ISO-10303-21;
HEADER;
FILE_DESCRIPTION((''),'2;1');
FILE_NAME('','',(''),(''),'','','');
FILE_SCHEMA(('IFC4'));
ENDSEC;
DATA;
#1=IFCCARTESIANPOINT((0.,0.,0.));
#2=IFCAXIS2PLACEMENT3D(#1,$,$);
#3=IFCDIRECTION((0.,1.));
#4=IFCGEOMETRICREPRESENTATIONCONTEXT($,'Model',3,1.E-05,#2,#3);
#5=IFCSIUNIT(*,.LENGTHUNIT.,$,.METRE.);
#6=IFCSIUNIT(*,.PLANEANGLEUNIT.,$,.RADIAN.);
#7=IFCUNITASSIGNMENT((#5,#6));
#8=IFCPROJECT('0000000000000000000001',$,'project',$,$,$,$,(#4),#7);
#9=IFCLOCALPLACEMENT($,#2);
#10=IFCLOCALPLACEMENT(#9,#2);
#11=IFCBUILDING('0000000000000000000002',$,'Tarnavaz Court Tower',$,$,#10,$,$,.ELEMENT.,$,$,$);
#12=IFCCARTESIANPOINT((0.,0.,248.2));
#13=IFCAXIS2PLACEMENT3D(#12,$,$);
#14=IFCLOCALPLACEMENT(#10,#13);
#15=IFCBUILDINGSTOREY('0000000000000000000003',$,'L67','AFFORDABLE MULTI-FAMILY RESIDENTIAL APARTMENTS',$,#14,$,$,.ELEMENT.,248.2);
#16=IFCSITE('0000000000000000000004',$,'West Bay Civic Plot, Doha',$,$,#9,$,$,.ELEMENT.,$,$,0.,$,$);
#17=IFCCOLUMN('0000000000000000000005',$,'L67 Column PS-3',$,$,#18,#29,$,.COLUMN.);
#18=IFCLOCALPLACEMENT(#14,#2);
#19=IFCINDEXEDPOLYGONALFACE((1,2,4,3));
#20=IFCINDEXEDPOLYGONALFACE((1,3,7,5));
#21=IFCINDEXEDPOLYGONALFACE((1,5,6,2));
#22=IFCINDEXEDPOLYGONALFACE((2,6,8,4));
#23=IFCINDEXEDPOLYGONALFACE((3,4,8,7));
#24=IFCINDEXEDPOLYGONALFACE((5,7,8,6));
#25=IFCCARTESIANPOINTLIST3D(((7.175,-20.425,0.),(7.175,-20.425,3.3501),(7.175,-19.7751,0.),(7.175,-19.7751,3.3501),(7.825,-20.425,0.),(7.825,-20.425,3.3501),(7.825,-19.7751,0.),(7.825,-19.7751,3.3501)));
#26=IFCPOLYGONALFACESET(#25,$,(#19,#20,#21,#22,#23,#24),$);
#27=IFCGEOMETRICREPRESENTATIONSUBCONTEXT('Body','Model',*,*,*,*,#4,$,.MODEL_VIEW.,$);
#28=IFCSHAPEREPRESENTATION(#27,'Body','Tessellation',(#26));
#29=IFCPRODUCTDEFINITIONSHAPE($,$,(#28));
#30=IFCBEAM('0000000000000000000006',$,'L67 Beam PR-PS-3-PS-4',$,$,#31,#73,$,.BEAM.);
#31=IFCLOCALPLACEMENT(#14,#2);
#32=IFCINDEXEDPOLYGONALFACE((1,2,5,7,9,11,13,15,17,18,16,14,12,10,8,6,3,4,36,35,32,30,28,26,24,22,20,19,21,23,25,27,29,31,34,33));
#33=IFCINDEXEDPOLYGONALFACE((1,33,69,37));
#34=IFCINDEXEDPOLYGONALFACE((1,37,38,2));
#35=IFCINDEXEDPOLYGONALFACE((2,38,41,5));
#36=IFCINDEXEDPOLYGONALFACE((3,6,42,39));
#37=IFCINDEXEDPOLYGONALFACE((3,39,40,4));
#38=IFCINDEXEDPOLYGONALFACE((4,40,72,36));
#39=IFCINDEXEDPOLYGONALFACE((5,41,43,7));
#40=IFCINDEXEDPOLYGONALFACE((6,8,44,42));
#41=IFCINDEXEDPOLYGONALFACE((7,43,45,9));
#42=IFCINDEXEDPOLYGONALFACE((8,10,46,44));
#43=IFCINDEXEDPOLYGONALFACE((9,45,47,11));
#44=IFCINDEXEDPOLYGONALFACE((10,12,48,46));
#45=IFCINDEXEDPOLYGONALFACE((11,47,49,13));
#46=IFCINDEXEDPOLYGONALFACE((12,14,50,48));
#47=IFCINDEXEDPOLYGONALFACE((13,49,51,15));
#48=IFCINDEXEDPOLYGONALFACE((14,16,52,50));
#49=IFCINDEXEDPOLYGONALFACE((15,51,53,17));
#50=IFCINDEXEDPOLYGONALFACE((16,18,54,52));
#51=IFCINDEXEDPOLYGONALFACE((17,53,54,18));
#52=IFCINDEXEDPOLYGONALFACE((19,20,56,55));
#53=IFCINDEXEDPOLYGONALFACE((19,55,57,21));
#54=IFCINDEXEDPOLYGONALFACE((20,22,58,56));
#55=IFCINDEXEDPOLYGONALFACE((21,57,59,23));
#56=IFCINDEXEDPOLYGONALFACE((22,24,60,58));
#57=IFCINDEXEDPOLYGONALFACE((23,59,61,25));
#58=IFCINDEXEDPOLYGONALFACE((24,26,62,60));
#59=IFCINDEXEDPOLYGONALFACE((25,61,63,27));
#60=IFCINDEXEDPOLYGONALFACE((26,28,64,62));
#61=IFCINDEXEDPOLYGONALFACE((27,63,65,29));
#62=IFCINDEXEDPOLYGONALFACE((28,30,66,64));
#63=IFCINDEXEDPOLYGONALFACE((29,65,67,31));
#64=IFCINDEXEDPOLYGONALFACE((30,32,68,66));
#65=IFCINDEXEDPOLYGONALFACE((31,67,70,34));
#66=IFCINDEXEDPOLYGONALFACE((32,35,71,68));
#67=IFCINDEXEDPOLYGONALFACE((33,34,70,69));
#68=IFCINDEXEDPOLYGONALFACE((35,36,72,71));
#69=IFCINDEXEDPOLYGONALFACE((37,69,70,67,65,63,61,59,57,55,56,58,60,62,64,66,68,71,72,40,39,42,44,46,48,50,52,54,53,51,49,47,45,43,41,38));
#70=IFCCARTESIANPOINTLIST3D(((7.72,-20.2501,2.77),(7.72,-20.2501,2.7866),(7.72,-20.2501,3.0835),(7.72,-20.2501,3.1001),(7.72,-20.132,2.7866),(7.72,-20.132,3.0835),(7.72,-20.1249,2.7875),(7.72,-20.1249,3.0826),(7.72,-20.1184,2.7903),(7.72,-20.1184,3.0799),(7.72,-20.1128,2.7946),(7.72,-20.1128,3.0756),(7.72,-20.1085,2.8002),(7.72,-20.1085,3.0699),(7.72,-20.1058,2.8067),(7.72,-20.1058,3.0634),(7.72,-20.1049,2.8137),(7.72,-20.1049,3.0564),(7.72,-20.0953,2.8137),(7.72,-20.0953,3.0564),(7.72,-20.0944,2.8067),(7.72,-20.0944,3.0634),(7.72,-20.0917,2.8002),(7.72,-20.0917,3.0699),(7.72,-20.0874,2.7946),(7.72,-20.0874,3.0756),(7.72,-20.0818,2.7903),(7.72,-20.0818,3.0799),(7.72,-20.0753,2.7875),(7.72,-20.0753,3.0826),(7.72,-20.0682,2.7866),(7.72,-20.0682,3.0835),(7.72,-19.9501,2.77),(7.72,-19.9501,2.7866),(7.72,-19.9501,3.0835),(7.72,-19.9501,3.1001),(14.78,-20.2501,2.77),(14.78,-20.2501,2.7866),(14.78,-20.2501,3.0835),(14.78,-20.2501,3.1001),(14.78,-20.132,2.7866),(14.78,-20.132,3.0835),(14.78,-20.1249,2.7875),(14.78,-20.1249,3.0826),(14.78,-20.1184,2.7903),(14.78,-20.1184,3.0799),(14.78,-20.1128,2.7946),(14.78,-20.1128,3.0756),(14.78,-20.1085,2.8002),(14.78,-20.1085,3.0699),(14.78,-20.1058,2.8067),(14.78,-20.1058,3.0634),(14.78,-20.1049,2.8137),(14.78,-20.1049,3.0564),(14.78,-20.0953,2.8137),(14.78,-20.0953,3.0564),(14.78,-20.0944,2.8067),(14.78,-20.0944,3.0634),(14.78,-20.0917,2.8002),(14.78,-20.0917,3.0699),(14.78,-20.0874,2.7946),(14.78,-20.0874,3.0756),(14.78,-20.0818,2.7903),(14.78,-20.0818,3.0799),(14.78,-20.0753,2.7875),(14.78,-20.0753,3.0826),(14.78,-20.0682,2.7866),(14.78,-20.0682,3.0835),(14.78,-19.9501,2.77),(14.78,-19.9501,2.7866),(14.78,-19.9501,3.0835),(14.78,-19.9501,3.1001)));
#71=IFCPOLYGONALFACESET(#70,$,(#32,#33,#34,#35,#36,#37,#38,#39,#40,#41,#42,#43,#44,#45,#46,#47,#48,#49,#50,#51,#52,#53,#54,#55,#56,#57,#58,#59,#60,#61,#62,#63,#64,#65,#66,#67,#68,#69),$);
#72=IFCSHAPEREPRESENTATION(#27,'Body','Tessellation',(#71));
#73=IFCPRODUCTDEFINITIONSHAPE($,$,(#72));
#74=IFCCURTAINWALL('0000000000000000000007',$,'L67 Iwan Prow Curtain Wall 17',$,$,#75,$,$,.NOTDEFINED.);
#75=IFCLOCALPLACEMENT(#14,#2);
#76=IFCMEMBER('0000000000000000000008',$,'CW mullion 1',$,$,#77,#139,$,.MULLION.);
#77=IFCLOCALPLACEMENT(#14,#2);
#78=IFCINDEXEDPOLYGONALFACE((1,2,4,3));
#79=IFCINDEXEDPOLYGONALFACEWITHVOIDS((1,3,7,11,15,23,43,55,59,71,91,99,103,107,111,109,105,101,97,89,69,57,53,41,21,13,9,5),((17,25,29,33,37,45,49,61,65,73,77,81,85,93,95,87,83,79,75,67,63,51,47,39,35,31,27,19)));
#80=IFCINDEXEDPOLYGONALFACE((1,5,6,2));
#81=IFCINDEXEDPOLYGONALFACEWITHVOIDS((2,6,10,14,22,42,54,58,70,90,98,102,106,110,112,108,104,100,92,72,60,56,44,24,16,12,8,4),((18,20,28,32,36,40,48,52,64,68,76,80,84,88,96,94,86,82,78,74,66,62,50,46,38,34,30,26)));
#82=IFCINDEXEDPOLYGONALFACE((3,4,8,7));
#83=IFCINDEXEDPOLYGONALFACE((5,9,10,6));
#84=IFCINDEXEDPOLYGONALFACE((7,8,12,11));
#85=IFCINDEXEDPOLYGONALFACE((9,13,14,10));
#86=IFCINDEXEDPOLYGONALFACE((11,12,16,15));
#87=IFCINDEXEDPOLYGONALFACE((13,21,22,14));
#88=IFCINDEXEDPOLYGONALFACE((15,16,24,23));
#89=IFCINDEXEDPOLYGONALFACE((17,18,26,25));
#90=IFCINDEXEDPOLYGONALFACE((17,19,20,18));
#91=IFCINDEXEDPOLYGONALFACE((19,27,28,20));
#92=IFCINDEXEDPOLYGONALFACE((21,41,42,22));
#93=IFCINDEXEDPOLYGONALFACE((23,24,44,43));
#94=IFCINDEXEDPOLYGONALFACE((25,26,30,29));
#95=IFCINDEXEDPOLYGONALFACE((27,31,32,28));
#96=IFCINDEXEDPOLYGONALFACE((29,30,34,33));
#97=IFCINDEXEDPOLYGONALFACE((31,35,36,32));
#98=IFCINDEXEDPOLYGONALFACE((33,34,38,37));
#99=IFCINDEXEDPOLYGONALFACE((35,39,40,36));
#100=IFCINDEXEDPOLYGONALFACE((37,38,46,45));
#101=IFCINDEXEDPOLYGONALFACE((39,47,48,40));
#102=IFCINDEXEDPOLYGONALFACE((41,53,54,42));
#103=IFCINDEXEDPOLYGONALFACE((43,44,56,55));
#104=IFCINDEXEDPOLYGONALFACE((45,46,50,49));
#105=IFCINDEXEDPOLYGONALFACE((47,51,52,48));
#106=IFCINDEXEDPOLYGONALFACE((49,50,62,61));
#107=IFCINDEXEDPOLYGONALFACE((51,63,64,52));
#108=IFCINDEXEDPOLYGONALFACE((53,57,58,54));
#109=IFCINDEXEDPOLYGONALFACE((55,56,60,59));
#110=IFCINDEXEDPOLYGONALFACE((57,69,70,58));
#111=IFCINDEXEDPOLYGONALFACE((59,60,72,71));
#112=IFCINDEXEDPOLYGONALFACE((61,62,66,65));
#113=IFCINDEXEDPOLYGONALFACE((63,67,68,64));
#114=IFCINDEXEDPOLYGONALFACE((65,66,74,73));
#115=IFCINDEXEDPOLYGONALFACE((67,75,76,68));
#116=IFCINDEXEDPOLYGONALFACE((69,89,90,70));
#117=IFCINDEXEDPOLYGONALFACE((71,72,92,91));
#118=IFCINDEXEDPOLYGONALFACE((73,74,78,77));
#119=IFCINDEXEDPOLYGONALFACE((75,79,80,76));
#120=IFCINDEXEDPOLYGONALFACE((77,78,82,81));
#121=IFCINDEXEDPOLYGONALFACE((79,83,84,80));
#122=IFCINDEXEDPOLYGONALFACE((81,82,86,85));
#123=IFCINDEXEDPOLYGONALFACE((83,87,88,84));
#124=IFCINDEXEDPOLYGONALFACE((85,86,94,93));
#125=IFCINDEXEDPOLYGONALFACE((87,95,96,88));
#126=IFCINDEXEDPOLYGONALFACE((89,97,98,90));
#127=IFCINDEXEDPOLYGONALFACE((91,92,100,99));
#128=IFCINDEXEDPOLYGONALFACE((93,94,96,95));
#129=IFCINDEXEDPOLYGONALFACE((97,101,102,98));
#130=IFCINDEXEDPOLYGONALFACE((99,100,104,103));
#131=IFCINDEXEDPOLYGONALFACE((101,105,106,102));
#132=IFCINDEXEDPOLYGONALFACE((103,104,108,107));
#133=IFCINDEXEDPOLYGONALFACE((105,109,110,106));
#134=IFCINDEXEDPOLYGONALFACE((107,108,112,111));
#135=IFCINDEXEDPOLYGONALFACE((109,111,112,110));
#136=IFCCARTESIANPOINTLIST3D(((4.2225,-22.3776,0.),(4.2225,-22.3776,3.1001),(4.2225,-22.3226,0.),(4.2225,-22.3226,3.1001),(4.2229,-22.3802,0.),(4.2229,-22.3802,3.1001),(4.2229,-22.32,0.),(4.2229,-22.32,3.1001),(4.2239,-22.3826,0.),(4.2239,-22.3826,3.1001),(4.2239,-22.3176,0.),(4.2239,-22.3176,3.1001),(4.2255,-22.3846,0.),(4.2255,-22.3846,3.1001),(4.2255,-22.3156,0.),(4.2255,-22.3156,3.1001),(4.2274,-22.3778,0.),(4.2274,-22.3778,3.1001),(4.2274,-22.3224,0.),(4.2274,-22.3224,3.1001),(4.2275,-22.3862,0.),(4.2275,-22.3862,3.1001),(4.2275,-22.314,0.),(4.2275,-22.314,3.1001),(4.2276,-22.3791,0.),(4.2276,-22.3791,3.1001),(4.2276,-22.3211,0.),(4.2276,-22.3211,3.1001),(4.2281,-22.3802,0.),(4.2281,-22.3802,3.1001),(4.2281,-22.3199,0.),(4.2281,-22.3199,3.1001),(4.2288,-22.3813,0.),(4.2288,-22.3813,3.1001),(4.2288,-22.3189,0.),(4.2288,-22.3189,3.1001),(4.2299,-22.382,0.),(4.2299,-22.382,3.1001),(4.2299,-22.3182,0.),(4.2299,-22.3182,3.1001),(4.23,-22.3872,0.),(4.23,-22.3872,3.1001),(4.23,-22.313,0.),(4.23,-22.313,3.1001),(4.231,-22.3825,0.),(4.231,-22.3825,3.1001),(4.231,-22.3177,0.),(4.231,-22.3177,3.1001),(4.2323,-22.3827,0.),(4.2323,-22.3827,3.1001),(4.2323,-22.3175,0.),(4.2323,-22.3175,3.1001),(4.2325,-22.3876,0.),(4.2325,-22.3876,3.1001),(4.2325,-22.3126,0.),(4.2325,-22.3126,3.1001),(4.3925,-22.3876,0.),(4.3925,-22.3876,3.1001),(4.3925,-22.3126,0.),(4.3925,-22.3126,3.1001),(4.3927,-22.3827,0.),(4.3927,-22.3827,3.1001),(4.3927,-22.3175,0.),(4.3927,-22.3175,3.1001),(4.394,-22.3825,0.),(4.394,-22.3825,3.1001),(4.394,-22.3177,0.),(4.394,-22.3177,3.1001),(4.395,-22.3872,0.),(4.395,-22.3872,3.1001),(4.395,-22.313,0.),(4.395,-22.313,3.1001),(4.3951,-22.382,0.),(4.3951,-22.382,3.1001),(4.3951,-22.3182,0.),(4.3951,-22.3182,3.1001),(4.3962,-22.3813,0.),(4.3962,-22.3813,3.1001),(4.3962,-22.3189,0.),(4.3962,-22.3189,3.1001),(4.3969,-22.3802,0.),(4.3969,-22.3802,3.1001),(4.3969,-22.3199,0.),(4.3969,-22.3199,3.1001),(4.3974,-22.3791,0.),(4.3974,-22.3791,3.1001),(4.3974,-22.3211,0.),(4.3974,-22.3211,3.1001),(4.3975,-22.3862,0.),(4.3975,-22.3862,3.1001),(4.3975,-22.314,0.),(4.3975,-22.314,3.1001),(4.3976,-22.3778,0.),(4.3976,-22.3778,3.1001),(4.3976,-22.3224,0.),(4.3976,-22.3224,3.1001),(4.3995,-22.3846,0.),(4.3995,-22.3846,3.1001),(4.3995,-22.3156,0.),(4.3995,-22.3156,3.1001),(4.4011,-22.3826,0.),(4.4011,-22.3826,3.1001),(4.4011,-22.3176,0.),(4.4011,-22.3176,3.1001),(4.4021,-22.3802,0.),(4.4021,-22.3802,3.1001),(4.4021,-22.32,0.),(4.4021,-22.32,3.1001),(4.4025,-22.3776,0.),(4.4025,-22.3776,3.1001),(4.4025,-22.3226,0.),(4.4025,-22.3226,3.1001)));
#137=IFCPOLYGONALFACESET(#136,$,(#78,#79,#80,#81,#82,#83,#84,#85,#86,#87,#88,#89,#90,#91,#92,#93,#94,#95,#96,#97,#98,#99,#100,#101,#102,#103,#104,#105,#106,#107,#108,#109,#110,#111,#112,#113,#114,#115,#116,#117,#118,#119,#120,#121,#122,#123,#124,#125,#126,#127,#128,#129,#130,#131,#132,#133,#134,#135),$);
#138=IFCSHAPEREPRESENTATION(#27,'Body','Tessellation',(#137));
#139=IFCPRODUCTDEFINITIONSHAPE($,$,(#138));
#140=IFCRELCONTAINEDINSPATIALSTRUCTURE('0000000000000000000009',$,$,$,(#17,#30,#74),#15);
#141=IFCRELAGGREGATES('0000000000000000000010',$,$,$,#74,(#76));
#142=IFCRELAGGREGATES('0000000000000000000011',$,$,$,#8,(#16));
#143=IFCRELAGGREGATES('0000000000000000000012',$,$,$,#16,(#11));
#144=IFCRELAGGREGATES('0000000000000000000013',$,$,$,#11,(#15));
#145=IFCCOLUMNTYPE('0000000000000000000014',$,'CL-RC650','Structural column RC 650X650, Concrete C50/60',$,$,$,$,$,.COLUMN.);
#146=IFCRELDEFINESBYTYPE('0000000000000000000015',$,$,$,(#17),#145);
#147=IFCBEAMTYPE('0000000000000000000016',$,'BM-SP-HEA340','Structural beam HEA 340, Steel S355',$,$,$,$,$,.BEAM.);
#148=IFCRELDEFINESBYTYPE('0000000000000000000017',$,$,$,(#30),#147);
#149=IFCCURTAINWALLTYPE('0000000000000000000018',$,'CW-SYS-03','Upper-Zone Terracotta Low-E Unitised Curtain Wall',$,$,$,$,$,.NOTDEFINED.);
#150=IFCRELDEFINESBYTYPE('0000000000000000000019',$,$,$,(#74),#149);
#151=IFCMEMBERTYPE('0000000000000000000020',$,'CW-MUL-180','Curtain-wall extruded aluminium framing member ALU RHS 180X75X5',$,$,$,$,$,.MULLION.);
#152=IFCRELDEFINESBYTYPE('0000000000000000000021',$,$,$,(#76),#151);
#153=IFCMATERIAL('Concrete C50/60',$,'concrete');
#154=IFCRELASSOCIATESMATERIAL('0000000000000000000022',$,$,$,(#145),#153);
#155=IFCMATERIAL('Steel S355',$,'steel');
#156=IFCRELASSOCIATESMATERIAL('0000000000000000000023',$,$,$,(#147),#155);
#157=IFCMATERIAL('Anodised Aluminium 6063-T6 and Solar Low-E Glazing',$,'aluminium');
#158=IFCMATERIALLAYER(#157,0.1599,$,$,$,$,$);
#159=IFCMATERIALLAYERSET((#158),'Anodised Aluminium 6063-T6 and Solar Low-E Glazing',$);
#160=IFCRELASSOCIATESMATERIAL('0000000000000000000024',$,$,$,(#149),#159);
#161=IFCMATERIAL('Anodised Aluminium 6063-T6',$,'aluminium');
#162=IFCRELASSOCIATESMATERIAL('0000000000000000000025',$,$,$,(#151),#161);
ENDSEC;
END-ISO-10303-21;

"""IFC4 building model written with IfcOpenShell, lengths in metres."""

from ifc_helpers import new_model, si_unit, direction, frame, origin, origin_2d, place, context, subcontext, project, spatial, rectangle, hollow_rectangle, i_section, extrude, material, layer, layer_set, material_profile, profile_set, type_object, element, aggregate, save


model = new_model("IFC4")

# Units and contexts
model_context = context("Model", 3, precision=1e-05, world=origin(), true_north=direction((0.0, 1.0)))
body_context = subcontext(model_context, "Body", "Model", "MODEL_VIEW")
ifc_project = project(units=[si_unit("LENGTHUNIT", "METRE"), si_unit("PLANEANGLEUNIT", "RADIAN")], contexts=[model_context])

# Site, building, storey
site_placement = place(None, origin())
site = spatial("IfcSite", under=ifc_project, at=site_placement, Name="West Bay Civic Plot, Doha", CompositionType="ELEMENT", RefElevation=0.0)
building_placement = place(site_placement, origin())
building = spatial("IfcBuilding", under=site, at=building_placement, Name="Tarnavaz Court Tower", CompositionType="ELEMENT")
storey_placement = place(building_placement, frame((0.0, 0.0, 248.2)))
storey = spatial("IfcBuildingStorey", under=building, at=storey_placement, Name="L67", Description="AFFORDABLE MULTI-FAMILY RESIDENTIAL APARTMENTS", CompositionType="ELEMENT", Elevation=248.2)

# Column
ifc_material_1 = material(Name="Concrete C50/60", Category="concrete")
ifc_material_profile_1 = material_profile(ifc_material_1, rectangle(XDim=0.6499, YDim=0.6499, at=origin_2d()), Name="RC 650X650")
ifc_profile_set_1 = profile_set([ifc_material_profile_1], Name="Concrete C50/60")
column_type = type_object("IfcColumnType", Name="CL-RC650", Description="Structural column RC 650X650, Concrete C50/60", PredefinedType="COLUMN", material=ifc_profile_set_1)
column_placement = place(storey_placement, frame((7.5, -20.1001, 0.0), z_axis=(0.0, 0.0, 1.0), x_axis=(1.0, 0.0, 0.0)))
element("IfcColumn", 1, at=column_placement, inside=storey, type_object=column_type, Name="L67 Column PS-3", PredefinedType="COLUMN", context=body_context, shape_type="SweptSolid", body=[
    extrude(rectangle(XDim=0.6499, YDim=0.6499, at=origin_2d()), origin(), (0.0, 0.0, 1.0), 3.3501),
])

# Beam
ifc_material_2 = material(Name="Steel S355", Category="steel")
ifc_material_profile_2 = material_profile(ifc_material_2, i_section(OverallWidth=0.3, OverallDepth=0.3301, WebThickness=0.0095, FlangeThickness=0.0166, FilletRadius=0.0271, at=origin_2d()), Name="HEA 340")
ifc_profile_set_2 = profile_set([ifc_material_profile_2], Name="Steel S355")
beam_type = type_object("IfcBeamType", Name="BM-SP-HEA340", Description="Structural beam HEA 340, Steel S355", PredefinedType="BEAM", material=ifc_profile_set_2)
beam_placement = place(storey_placement, frame((7.72, -20.1001, 2.9351), z_axis=(1.0, 0.0, 0.0), x_axis=(0.0, 1.0, 0.0)))
element("IfcBeam", 2, at=beam_placement, inside=storey, type_object=beam_type, Name="L67 Beam PR-PS-3-PS-4", PredefinedType="BEAM", context=body_context, shape_type="SweptSolid", body=[
    extrude(i_section(OverallWidth=0.3, OverallDepth=0.3301, WebThickness=0.0095, FlangeThickness=0.0166, FilletRadius=0.0271, at=origin_2d()), origin(), (0.0, 0.0, 1.0), 7.0601),
])

# Curtain wall, member
ifc_material_3 = material(Name="Anodised Aluminium 6063-T6 and Solar Low-E Glazing", Category="aluminium")
ifc_layer_1 = layer(ifc_material_3, 0.1599)
ifc_layer_set_1 = layer_set([ifc_layer_1], Name="Anodised Aluminium 6063-T6 and Solar Low-E Glazing")
curtain_wall_type = type_object("IfcCurtainWallType", Name="CW-SYS-03", Description="Upper-Zone Terracotta Low-E Unitised Curtain Wall", PredefinedType="NOTDEFINED", material=ifc_layer_set_1)
curtain_wall_placement = place(storey_placement, origin())
curtain_wall = element("IfcCurtainWall", 3, at=curtain_wall_placement, inside=storey, type_object=curtain_wall_type, Name="L67 Iwan Prow Curtain Wall 17", PredefinedType="NOTDEFINED")
ifc_material_4 = material(Name="Anodised Aluminium 6063-T6", Category="aluminium")
ifc_material_profile_3 = material_profile(ifc_material_4, hollow_rectangle(XDim=0.075, YDim=0.1799, WallThickness=0.0049, InnerFilletRadius=0.0049, OuterFilletRadius=0.01, at=origin_2d()), Name="ALU RHS 180X75X5")
ifc_profile_set_3 = profile_set([ifc_material_profile_3], Name="Anodised Aluminium 6063-T6")
member_type_1 = type_object("IfcMemberType", Name="CW-MUL-180", Description="Curtain-wall extruded aluminium framing member ALU RHS 180X75X5", PredefinedType="MULLION", material=ifc_profile_set_3)
member_1_placement = place(storey_placement, frame((4.3125, -22.3501, 0.0), z_axis=(0.0, 0.0, 1.0), x_axis=(0.0, -1.0, 0.0)))
member_1 = element("IfcMember", 4, at=member_1_placement, type_object=member_type_1, Name="CW mullion 1", PredefinedType="MULLION", context=body_context, shape_type="SweptSolid", body=[
    extrude(hollow_rectangle(XDim=0.075, YDim=0.1799, WallThickness=0.0049, InnerFilletRadius=0.0049, OuterFilletRadius=0.01, at=origin_2d()), origin(), (0.0, 0.0, 1.0), 3.1001),
])
aggregate(curtain_wall, [member_1])

save(model, "model.ifc")
